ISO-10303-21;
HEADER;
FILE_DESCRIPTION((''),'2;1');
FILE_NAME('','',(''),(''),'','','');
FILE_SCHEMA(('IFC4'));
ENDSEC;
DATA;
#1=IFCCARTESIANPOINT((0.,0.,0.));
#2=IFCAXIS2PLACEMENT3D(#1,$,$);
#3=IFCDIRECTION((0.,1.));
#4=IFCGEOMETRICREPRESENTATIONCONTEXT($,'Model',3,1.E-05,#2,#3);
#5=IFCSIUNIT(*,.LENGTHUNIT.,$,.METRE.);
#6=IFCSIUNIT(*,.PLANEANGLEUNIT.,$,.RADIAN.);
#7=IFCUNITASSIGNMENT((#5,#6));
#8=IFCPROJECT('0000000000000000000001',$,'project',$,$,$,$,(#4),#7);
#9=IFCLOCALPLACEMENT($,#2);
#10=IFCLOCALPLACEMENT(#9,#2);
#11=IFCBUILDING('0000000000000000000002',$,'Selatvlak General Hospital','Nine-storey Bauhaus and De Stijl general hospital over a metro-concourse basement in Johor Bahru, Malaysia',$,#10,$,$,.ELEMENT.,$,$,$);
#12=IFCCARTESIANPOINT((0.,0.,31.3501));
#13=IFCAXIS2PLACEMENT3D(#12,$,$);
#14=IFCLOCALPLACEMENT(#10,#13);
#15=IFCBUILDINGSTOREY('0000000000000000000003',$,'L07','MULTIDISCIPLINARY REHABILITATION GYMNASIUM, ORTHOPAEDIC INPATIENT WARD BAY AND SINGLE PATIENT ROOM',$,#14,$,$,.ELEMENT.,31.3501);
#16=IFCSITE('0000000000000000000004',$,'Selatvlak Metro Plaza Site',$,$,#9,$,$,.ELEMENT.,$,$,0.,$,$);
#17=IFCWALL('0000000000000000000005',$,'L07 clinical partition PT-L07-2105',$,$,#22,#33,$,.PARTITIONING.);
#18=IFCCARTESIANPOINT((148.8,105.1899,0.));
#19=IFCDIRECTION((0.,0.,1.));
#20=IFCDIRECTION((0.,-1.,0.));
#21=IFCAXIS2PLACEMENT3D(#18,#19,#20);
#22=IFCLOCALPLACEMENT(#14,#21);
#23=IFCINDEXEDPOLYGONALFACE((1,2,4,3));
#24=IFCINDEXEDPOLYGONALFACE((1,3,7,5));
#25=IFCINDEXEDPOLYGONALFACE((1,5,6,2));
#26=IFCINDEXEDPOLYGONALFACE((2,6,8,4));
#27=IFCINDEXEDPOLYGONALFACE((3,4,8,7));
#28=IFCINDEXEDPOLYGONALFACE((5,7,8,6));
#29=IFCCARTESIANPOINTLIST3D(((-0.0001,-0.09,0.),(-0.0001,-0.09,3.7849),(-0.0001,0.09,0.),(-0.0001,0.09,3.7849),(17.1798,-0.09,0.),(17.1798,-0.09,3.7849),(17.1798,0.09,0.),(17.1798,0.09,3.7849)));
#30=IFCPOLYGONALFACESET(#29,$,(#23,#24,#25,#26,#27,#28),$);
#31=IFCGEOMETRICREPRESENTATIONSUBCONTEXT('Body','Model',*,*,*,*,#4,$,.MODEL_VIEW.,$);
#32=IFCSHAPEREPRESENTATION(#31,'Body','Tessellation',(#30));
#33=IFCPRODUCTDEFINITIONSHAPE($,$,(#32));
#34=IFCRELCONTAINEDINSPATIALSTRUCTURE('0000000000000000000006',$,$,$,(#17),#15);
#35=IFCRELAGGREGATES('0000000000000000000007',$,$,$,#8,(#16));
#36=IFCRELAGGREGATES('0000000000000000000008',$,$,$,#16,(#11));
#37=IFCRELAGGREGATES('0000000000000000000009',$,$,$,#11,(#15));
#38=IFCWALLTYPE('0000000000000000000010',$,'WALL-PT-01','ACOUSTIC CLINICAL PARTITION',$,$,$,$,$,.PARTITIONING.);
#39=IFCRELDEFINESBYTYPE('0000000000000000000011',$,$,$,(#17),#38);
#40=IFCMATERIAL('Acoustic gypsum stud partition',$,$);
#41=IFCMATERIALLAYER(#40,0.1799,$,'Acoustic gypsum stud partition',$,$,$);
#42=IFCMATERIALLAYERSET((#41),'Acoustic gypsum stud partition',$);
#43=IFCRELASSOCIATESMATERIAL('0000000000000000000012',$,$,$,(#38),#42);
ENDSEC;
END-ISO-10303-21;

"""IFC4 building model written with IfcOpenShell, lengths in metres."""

from ifc_helpers import new_model, si_unit, direction, frame, frame_2d, origin, place, context, subcontext, project, spatial, rectangle, extrude, material, layer, layer_set, type_object, element, save


model = new_model("IFC4")

# Units and contexts
model_context = context("Model", 3, precision=1e-05, world=origin(), true_north=direction((0.0, 1.0)))
body_context = subcontext(model_context, "Body", "Model", "MODEL_VIEW")
ifc_project = project(units=[si_unit("LENGTHUNIT", "METRE"), si_unit("PLANEANGLEUNIT", "RADIAN")], contexts=[model_context])

# Site, building, storey
site_placement = place(None, origin())
site = spatial("IfcSite", under=ifc_project, at=site_placement, Name="Selatvlak Metro Plaza Site", CompositionType="ELEMENT", RefElevation=0.0)
building_placement = place(site_placement, origin())
building = spatial("IfcBuilding", under=site, at=building_placement, Name="Selatvlak General Hospital", Description="Nine-storey Bauhaus and De Stijl general hospital over a metro-concourse basement in Johor Bahru, Malaysia", CompositionType="ELEMENT")
storey_placement = place(building_placement, frame((0.0, 0.0, 31.3501)))
storey = spatial("IfcBuildingStorey", under=building, at=storey_placement, Name="L07", Description="MULTIDISCIPLINARY REHABILITATION GYMNASIUM, ORTHOPAEDIC INPATIENT WARD BAY AND SINGLE PATIENT ROOM", CompositionType="ELEMENT", Elevation=31.3501)

# Wall
ifc_material_1 = material(Name="Acoustic gypsum stud partition")
ifc_layer_1 = layer(ifc_material_1, 0.1799, Name="Acoustic gypsum stud partition")
ifc_layer_set_1 = layer_set([ifc_layer_1], Name="Acoustic gypsum stud partition")
wall_type_1 = type_object("IfcWallType", Name="WALL-PT-01", Description="ACOUSTIC CLINICAL PARTITION", PredefinedType="PARTITIONING", material=ifc_layer_set_1)
wall_1_placement = place(storey_placement, frame((148.8, 105.1899, 0.0), z_axis=(0.0, 0.0, 1.0), x_axis=(0.0, -1.0, 0.0)))
element("IfcWall", 1, at=wall_1_placement, inside=storey, type_object=wall_type_1, Name="L07 clinical partition PT-L07-2105", PredefinedType="PARTITIONING", context=body_context, shape_type="SweptSolid", body=[
    extrude(rectangle(XDim=17.1799, YDim=0.1799, at=frame_2d((8.5898, 0.0))), origin(), (0.0, 0.0, 1.0), 3.7849),
])

save(model, "model.ifc")
